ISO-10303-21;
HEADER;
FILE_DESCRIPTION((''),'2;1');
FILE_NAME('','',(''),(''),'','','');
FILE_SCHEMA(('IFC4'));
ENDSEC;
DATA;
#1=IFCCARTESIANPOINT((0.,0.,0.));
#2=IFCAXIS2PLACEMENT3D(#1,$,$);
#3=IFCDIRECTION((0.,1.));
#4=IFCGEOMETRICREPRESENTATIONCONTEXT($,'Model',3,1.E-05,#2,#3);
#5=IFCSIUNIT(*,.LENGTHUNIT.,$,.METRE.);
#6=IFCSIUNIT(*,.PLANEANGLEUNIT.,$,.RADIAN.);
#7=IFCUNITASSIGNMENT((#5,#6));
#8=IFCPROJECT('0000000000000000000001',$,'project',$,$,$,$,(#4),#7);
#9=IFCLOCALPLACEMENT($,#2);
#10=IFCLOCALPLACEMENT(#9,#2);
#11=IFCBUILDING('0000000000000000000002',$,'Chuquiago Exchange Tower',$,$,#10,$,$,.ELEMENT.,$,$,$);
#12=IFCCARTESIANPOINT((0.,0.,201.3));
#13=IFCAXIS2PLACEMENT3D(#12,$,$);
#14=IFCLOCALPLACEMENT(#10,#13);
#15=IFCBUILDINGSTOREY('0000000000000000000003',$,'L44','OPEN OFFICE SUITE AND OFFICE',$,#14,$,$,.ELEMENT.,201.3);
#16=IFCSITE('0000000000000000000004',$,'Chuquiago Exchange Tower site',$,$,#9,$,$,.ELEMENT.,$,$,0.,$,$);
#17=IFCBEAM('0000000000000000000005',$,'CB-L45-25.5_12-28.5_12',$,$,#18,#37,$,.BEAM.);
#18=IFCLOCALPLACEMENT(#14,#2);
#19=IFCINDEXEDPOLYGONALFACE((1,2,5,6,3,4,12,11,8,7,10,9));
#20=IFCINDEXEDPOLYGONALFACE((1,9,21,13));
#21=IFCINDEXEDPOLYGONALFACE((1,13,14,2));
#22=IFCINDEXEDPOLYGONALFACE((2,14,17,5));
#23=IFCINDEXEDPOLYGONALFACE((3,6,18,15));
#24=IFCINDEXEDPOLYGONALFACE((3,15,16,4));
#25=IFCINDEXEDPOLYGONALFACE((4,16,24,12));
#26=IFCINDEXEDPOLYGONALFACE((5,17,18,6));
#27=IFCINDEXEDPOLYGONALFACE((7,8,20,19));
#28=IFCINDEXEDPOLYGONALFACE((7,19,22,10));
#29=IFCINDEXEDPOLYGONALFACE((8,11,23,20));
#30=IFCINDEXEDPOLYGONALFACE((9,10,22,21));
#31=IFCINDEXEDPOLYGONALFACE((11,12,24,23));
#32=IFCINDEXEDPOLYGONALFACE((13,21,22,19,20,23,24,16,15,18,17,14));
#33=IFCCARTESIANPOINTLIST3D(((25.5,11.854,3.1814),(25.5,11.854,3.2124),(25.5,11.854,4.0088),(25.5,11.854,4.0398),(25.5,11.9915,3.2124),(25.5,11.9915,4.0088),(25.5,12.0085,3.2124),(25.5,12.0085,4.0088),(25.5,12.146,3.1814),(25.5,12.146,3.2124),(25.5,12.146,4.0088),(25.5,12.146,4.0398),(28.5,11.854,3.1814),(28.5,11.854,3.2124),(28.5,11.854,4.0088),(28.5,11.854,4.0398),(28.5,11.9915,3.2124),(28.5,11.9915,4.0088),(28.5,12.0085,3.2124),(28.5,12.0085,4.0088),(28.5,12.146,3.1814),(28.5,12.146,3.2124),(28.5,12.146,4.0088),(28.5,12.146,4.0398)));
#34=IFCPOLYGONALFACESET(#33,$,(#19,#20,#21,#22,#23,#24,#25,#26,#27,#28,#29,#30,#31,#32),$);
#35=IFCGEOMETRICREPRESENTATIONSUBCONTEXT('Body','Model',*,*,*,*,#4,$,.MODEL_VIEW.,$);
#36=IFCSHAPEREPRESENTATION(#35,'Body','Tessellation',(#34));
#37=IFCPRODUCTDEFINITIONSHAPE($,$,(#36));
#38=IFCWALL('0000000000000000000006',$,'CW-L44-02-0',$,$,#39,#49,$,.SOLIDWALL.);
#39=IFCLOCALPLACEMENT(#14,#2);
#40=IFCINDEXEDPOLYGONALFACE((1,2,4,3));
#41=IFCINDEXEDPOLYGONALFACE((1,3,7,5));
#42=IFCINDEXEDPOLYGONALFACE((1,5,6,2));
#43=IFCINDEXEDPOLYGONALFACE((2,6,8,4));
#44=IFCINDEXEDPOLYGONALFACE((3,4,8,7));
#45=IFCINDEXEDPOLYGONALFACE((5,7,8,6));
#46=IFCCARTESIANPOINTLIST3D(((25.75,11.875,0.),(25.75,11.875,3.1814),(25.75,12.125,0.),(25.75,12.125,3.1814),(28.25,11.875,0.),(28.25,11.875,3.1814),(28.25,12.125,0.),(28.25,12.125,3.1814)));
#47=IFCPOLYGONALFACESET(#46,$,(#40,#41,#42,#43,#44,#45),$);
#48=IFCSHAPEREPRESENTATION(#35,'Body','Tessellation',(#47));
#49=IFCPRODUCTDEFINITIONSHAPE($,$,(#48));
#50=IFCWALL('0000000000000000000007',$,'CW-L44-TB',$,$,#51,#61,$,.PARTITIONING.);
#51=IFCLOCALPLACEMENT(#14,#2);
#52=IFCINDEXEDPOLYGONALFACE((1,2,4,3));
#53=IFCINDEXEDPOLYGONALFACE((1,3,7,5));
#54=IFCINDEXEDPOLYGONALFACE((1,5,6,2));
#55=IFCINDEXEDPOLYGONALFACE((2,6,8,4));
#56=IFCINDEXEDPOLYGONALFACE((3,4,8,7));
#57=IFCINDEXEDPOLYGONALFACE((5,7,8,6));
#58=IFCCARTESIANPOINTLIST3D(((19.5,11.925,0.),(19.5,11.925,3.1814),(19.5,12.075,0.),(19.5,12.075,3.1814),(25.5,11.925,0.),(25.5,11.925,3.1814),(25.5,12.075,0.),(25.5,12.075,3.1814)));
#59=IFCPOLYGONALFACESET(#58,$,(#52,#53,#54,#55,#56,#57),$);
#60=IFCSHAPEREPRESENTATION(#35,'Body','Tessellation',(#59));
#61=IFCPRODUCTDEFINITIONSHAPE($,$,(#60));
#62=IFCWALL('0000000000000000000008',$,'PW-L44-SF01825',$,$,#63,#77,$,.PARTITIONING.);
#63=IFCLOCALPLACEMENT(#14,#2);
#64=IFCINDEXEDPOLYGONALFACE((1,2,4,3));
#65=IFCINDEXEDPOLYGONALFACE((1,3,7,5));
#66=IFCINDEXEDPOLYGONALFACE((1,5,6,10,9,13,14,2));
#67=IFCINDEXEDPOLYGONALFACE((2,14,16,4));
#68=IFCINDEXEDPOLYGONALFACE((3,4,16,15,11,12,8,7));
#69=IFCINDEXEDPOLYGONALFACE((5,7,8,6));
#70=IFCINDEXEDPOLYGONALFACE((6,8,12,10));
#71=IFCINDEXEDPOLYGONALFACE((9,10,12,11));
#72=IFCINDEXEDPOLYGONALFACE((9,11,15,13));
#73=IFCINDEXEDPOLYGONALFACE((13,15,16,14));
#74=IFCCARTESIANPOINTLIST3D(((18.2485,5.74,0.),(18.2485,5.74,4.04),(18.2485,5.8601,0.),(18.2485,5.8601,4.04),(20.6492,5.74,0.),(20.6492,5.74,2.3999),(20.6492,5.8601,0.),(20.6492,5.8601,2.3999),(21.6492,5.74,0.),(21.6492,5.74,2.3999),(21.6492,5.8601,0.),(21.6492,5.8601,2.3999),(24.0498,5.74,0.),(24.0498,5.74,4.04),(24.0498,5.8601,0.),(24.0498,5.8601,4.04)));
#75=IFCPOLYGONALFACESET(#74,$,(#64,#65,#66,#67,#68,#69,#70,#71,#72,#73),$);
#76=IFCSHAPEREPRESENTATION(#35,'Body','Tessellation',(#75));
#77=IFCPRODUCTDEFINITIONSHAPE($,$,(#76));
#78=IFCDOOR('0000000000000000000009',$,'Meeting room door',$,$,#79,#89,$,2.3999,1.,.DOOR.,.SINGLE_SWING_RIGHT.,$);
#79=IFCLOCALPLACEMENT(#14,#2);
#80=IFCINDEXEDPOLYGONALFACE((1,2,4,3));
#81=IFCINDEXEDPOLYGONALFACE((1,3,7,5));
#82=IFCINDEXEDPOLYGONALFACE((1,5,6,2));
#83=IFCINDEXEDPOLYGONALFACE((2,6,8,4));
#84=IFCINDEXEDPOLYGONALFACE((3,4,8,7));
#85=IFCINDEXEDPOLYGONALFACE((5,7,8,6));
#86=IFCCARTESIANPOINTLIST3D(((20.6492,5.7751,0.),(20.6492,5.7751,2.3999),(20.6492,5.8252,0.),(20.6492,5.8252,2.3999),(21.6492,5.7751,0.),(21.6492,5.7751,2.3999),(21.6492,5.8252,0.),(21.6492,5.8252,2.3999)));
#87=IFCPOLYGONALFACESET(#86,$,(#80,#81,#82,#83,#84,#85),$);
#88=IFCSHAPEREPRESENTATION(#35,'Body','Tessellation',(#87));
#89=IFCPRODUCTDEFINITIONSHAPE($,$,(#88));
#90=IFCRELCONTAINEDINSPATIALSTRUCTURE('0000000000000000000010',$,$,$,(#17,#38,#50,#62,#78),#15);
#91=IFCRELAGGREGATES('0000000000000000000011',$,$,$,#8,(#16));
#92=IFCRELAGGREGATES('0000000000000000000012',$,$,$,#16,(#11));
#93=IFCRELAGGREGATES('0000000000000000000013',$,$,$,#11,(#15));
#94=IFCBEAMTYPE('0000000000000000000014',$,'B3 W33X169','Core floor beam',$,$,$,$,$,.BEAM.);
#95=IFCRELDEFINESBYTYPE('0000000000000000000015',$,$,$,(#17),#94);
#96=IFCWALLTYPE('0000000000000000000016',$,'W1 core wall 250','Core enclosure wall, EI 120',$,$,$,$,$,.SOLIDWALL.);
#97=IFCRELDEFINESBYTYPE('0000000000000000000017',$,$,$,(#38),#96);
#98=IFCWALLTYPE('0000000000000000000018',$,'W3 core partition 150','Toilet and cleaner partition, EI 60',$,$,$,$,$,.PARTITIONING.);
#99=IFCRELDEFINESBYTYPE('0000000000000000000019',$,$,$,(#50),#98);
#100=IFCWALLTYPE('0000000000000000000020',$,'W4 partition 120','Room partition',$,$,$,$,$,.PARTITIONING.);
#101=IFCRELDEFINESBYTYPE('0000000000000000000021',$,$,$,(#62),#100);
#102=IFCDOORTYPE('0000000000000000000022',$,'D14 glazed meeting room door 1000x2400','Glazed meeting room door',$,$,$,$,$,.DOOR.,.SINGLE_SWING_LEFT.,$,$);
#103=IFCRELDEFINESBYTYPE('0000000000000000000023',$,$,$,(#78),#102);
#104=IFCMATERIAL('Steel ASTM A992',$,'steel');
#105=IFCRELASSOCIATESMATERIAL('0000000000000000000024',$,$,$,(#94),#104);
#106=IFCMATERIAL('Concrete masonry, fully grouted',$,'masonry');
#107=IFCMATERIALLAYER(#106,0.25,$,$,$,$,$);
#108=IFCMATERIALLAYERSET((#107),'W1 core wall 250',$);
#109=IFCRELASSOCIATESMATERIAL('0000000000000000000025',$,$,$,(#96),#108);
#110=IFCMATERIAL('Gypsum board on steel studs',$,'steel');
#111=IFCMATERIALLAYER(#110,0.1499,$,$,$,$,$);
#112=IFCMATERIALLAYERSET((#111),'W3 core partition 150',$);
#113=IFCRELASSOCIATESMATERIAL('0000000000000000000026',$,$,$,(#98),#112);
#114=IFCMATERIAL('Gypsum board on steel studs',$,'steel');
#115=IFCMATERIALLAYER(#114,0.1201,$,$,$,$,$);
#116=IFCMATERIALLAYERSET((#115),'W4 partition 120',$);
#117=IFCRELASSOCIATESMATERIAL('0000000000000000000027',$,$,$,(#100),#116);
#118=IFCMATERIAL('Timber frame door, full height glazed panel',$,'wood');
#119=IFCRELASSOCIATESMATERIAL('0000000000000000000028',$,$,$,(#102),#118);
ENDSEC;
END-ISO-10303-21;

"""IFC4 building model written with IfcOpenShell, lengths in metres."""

from ifc_helpers import new_model, si_unit, direction, frame, frame_2d, origin, origin_2d, place, context, subcontext, project, spatial, rectangle, i_section, extrude, material, layer, layer_set, material_profile, profile_set, type_object, element, fill, save


model = new_model("IFC4")

# Units and contexts
model_context = context("Model", 3, precision=1e-05, world=origin(), true_north=direction((0.0, 1.0)))
body_context = subcontext(model_context, "Body", "Model", "MODEL_VIEW")
ifc_project = project(units=[si_unit("LENGTHUNIT", "METRE"), si_unit("PLANEANGLEUNIT", "RADIAN")], contexts=[model_context])

# Site, building, storey
site_placement = place(None, origin())
site = spatial("IfcSite", under=ifc_project, at=site_placement, Name="Chuquiago Exchange Tower site", CompositionType="ELEMENT", RefElevation=0.0)
building_placement = place(site_placement, origin())
building = spatial("IfcBuilding", under=site, at=building_placement, Name="Chuquiago Exchange Tower", CompositionType="ELEMENT")
storey_placement = place(building_placement, frame((0.0, 0.0, 201.3)))
storey = spatial("IfcBuildingStorey", under=building, at=storey_placement, Name="L44", Description="OPEN OFFICE SUITE AND OFFICE", CompositionType="ELEMENT", Elevation=201.3)

# Beam
ifc_material_1 = material(Name="Steel ASTM A992", Category="steel")
ifc_material_profile_1 = material_profile(ifc_material_1, i_section(OverallWidth=0.292, OverallDepth=0.8584, WebThickness=0.0171, FlangeThickness=0.031, at=origin_2d()), Name="W33X169")
ifc_profile_set_1 = profile_set([ifc_material_profile_1], Name="Steel ASTM A992")
beam_type_1 = type_object("IfcBeamType", Name="B3 W33X169", Description="Core floor beam", PredefinedType="BEAM", material=ifc_profile_set_1)
beam_1_placement = place(storey_placement, frame((25.5, 12.0, 3.6106), z_axis=(1.0, 0.0, 0.0), x_axis=(0.0, 1.0, 0.0)))
element("IfcBeam", 1, at=beam_1_placement, inside=storey, type_object=beam_type_1, Name="CB-L45-25.5_12-28.5_12", PredefinedType="BEAM", context=body_context, shape_type="SweptSolid", body=[
    extrude(i_section(OverallWidth=0.292, OverallDepth=0.8584, WebThickness=0.0171, FlangeThickness=0.031, at=origin_2d()), origin(), (0.0, 0.0, 1.0), 3.0),
])

# Walls
ifc_material_2 = material(Name="Concrete masonry, fully grouted", Category="masonry")
ifc_layer_1 = layer(ifc_material_2, 0.25)
ifc_layer_set_1 = layer_set([ifc_layer_1], Name="W1 core wall 250")
wall_type_1 = type_object("IfcWallType", Name="W1 core wall 250", Description="Core enclosure wall, EI 120", PredefinedType="SOLIDWALL", material=ifc_layer_set_1)
wall_1_placement = place(storey_placement, frame((25.75, 12.0, 0.0), z_axis=(0.0, 0.0, 1.0), x_axis=(1.0, 0.0, 0.0)))
element("IfcWall", 2, at=wall_1_placement, inside=storey, type_object=wall_type_1, Name="CW-L44-02-0", PredefinedType="SOLIDWALL", context=body_context, shape_type="SweptSolid", body=[
    extrude(rectangle(XDim=2.5, YDim=0.25, at=frame_2d((1.25, 0.0))), origin(), (0.0, 0.0, 1.0), 3.1814),
])
ifc_material_3 = material(Name="Gypsum board on steel studs", Category="steel")
ifc_layer_2 = layer(ifc_material_3, 0.1499)
ifc_layer_set_2 = layer_set([ifc_layer_2], Name="W3 core partition 150")
wall_type_2 = type_object("IfcWallType", Name="W3 core partition 150", Description="Toilet and cleaner partition, EI 60", PredefinedType="PARTITIONING", material=ifc_layer_set_2)
wall_2_placement = place(storey_placement, frame((19.5, 12.0, 0.0), z_axis=(0.0, 0.0, 1.0), x_axis=(1.0, 0.0, 0.0)))
element("IfcWall", 3, at=wall_2_placement, inside=storey, type_object=wall_type_2, Name="CW-L44-TB", PredefinedType="PARTITIONING", context=body_context, shape_type="SweptSolid", body=[
    extrude(rectangle(XDim=6.0, YDim=0.1499, at=frame_2d((3.0, 0.0))), origin(), (0.0, 0.0, 1.0), 3.1814),
])

# Wall, opening, door
ifc_material_4 = material(Name="Gypsum board on steel studs", Category="steel")
ifc_layer_3 = layer(ifc_material_4, 0.1201)
ifc_layer_set_3 = layer_set([ifc_layer_3], Name="W4 partition 120")
wall_type_3 = type_object("IfcWallType", Name="W4 partition 120", Description="Room partition", PredefinedType="PARTITIONING", material=ifc_layer_set_3)
wall_3_placement = place(storey_placement, frame((18.2485, 5.8, 0.0), z_axis=(0.0, 0.0, 1.0), x_axis=(1.0, 0.0, 0.0)))
wall_3 = element("IfcWall", 4, at=wall_3_placement, inside=storey, type_object=wall_type_3, Name="PW-L44-SF01825", PredefinedType="PARTITIONING", context=body_context, shape_type="SweptSolid", body=[
    extrude(rectangle(XDim=5.8013, YDim=0.1201, at=frame_2d((2.9006, 0.0))), origin(), (0.0, 0.0, 1.0), 4.04),
])
opening_1_placement = place(wall_3_placement, frame((2.4006, 0.0, 0.0)))
opening_1 = element("IfcOpeningElement", 5, at=opening_1_placement, cuts=wall_3, PredefinedType="OPENING", context=body_context, shape_type="SweptSolid", body=[
    extrude(rectangle(XDim=1.0, YDim=2.3999, at=frame_2d((0.5, 1.2))), frame((0.0, 0.0701, 0.0), z_axis=(0.0, -1.0, 0.0), x_axis=(1.0, 0.0, 0.0)), (0.0, 0.0, 1.0), 0.1401),
])
ifc_material_5 = material(Name="Timber frame door, full height glazed panel", Category="wood")
door_type_1 = type_object("IfcDoorType", Name="D14 glazed meeting room door 1000x2400", Description="Glazed meeting room door", OperationType="SINGLE_SWING_LEFT", PredefinedType="DOOR", material=ifc_material_5)
door_1_placement = place(opening_1_placement, frame((1.0, 0.0, 0.0), z_axis=(0.0, 0.0, 1.0), x_axis=(-1.0, 0.0, 0.0)))
door_1 = element("IfcDoor", 6, at=door_1_placement, inside=storey, type_object=door_type_1, Name="Meeting room door", OperationType="SINGLE_SWING_RIGHT", OverallHeight=2.3999, OverallWidth=1.0, PredefinedType="DOOR", context=body_context, shape_type="SweptSolid", body=[
    extrude(rectangle(XDim=1.0, YDim=2.3999, at=frame_2d((0.5, 1.2))), frame((0.0, 0.0249, 0.0), z_axis=(0.0, -1.0, 0.0), x_axis=(1.0, 0.0, 0.0)), (0.0, 0.0, 1.0), 0.05),
])
fill(opening_1, door_1)

save(model, "model.ifc")
